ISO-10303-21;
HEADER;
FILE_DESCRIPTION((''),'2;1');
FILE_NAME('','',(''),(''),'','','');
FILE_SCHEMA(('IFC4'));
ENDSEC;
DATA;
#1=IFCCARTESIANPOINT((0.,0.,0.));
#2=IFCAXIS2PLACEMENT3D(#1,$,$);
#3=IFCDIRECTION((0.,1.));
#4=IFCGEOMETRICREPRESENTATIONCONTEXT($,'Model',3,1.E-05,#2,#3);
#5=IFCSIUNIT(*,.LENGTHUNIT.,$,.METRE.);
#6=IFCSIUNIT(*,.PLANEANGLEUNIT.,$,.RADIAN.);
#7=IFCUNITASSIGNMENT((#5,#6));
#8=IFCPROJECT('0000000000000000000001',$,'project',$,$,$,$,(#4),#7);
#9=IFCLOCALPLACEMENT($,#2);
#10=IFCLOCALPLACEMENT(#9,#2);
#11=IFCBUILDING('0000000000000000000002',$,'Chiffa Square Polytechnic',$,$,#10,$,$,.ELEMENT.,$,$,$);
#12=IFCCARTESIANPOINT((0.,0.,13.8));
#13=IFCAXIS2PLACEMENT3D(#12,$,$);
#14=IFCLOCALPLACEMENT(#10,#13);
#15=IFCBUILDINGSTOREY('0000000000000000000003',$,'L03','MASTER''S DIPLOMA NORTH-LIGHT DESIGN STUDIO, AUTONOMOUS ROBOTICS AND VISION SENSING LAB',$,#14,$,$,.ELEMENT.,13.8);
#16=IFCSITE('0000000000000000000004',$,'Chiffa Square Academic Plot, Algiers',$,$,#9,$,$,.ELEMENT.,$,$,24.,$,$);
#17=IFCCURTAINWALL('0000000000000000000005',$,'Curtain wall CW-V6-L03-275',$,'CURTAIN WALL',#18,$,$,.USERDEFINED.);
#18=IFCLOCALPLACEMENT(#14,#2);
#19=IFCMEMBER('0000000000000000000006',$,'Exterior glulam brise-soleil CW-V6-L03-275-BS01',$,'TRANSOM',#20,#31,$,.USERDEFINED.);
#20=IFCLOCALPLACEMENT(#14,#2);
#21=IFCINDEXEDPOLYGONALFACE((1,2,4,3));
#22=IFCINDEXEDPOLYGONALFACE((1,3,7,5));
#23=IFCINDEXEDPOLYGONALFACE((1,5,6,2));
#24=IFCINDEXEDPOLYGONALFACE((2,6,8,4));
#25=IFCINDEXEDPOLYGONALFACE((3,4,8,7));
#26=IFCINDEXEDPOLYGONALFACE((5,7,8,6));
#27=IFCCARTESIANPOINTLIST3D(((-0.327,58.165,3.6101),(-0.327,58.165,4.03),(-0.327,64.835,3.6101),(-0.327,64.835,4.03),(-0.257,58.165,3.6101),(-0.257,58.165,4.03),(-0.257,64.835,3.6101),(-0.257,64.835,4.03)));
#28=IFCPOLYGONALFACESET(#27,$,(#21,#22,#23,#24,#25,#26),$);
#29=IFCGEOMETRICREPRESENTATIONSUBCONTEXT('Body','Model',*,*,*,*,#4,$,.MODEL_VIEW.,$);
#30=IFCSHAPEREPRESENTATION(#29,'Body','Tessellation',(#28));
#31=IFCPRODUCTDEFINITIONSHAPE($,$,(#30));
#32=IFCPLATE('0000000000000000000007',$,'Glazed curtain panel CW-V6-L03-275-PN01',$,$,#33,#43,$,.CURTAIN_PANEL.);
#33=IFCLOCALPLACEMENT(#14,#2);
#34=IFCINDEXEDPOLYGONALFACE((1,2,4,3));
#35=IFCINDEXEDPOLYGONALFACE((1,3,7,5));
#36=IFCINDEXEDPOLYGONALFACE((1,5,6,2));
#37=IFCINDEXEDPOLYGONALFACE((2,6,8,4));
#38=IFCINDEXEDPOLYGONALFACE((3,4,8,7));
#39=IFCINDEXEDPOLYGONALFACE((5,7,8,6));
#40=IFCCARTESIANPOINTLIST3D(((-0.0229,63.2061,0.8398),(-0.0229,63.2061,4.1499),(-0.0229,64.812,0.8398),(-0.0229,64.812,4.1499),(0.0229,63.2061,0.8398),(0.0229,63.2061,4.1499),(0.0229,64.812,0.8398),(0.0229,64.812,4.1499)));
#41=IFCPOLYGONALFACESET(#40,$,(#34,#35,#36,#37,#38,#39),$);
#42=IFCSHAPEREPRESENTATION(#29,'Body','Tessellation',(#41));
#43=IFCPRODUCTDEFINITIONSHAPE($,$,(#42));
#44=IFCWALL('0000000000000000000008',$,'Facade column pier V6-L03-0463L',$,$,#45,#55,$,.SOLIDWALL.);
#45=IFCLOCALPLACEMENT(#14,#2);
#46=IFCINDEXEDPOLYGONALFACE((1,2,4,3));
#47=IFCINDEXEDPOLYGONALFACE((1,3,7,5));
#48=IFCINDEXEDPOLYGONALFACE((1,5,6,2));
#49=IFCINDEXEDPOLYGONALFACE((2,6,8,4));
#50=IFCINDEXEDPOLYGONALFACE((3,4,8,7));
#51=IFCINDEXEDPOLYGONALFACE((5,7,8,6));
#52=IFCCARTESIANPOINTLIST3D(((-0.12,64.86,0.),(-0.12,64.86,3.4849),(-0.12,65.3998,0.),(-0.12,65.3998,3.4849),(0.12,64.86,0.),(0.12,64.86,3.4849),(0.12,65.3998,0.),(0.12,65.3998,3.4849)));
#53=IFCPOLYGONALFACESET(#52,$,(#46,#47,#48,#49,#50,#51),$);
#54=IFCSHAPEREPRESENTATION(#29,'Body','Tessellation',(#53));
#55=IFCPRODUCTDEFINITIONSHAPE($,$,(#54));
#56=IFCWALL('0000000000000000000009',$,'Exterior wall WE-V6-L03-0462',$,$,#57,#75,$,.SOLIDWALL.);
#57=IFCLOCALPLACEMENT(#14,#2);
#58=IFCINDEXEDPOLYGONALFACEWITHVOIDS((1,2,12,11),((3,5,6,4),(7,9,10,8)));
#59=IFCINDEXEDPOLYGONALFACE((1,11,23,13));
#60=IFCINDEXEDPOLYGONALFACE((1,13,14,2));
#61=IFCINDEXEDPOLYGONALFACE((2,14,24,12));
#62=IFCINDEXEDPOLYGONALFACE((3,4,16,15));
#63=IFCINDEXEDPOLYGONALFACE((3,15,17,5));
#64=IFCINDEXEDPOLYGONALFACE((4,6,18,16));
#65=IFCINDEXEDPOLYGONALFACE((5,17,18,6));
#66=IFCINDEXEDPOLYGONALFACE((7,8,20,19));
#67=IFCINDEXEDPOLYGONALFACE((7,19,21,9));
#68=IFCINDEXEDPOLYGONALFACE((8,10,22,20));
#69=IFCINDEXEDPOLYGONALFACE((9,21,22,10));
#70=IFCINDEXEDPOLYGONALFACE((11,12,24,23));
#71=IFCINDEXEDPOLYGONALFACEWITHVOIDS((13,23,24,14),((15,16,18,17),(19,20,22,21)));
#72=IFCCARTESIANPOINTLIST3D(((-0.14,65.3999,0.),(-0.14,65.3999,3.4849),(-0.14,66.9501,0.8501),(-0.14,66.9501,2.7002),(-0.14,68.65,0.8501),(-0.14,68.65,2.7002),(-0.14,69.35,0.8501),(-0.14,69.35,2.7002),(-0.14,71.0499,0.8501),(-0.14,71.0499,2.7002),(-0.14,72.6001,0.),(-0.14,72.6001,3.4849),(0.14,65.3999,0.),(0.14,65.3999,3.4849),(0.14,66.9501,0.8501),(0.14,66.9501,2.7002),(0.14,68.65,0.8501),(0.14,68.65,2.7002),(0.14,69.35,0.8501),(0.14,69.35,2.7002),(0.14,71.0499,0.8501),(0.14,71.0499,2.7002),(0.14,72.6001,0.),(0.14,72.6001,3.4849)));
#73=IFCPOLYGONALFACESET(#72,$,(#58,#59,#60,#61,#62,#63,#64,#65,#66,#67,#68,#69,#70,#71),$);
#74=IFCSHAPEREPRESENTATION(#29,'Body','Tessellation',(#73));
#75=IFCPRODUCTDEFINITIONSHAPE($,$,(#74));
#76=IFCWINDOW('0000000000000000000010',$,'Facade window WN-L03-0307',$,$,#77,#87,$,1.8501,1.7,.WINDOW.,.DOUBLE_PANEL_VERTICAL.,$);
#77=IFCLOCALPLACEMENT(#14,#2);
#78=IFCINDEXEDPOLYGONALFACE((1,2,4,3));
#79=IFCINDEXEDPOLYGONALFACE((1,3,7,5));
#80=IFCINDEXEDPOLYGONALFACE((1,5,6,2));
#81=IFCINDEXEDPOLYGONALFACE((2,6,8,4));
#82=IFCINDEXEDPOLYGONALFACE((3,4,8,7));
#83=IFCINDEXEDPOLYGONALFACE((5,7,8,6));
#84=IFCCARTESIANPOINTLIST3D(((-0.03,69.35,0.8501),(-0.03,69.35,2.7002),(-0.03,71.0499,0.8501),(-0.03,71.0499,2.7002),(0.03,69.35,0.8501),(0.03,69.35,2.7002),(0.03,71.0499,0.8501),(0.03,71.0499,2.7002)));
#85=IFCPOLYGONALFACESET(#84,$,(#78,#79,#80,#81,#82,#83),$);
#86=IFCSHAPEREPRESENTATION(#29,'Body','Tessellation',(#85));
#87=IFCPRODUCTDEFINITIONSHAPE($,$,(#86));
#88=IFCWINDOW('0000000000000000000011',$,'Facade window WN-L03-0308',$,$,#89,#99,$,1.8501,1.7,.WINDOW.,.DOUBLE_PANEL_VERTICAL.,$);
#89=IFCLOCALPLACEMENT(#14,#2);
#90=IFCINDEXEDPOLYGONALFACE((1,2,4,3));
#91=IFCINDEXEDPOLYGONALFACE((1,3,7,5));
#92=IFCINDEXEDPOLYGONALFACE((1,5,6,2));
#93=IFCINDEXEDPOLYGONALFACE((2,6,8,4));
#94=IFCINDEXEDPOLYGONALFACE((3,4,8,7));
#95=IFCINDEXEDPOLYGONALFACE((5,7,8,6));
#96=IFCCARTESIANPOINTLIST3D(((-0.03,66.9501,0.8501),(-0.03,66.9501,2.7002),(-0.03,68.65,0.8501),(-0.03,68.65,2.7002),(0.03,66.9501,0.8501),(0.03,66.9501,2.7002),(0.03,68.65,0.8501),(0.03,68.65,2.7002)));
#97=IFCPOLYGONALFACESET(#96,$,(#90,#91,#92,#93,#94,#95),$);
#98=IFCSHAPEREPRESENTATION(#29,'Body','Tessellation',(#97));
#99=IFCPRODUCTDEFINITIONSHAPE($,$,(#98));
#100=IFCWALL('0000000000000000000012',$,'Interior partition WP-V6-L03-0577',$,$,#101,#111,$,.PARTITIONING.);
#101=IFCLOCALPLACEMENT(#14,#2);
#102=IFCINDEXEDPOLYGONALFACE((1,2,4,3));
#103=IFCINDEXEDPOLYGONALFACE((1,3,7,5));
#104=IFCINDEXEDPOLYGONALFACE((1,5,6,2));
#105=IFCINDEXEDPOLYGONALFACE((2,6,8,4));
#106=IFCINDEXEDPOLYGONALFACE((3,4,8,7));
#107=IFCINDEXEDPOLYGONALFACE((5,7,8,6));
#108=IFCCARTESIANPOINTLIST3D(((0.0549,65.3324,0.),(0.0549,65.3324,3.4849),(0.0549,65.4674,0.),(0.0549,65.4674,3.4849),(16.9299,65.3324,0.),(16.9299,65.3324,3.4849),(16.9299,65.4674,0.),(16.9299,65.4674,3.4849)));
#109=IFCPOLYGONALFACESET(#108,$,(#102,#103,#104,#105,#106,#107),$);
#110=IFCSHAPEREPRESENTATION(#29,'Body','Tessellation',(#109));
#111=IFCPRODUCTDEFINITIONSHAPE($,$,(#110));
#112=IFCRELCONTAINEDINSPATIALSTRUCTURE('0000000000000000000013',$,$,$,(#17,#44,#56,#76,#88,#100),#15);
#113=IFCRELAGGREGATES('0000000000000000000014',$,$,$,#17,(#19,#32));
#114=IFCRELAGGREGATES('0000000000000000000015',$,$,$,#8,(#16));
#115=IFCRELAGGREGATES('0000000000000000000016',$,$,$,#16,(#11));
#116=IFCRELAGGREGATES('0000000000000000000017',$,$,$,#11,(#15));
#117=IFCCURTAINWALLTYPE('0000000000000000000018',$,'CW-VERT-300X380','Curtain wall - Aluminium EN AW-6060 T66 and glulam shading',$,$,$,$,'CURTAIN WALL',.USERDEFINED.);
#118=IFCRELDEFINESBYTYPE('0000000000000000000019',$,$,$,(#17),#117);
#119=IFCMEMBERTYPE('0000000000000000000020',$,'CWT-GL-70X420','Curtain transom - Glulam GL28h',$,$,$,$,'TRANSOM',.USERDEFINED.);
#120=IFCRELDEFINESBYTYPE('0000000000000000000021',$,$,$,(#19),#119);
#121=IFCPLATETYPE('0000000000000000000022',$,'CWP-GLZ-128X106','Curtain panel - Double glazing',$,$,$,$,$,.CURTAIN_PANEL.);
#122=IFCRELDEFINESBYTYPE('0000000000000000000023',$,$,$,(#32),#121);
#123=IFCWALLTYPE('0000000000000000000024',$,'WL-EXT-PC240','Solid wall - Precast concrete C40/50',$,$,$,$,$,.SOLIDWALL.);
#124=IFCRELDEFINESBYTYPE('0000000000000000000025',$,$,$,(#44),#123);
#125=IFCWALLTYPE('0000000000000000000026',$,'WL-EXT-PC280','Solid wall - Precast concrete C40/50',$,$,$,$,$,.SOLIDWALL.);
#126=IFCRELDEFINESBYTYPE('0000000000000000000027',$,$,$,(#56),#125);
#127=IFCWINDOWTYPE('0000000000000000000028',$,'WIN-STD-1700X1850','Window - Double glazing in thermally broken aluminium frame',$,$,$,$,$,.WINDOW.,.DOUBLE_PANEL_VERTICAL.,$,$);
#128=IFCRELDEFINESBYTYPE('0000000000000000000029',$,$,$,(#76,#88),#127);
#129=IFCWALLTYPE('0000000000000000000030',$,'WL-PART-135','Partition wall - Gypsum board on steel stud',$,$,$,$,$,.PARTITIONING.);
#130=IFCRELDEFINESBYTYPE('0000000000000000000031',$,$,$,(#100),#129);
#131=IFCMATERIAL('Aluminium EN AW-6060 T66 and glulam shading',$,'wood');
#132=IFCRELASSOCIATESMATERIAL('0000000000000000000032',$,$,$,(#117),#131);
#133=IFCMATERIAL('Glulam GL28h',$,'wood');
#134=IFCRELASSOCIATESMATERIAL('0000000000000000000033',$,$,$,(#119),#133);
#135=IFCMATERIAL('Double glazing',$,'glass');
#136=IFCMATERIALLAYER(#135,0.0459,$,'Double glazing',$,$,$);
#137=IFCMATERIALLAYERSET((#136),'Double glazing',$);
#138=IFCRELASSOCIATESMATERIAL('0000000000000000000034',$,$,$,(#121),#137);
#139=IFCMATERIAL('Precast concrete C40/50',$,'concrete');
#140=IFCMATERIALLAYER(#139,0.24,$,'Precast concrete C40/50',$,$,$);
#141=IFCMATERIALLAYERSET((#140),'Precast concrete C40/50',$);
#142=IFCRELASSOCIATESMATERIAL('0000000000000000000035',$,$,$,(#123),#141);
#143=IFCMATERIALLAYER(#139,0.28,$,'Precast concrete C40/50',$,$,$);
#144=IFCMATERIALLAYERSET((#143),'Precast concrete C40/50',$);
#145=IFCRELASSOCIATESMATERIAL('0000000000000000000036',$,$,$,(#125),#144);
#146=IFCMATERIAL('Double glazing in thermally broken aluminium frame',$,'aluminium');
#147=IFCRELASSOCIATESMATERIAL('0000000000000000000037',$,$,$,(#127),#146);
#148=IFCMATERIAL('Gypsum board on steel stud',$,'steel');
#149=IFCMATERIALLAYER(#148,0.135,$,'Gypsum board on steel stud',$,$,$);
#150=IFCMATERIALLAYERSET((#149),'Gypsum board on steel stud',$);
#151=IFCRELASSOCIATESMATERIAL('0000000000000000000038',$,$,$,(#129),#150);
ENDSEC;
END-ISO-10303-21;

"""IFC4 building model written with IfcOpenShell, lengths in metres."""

from ifc_helpers import new_model, si_unit, direction, frame, frame_2d, origin, origin_2d, place, context, subcontext, project, spatial, rectangle, extrude, material, layer, layer_set, material_profile, profile_set, type_object, element, fill, aggregate, save


model = new_model("IFC4")

# Units and contexts
model_context = context("Model", 3, precision=1e-05, world=origin(), true_north=direction((0.0, 1.0)))
body_context = subcontext(model_context, "Body", "Model", "MODEL_VIEW")
ifc_project = project(units=[si_unit("LENGTHUNIT", "METRE"), si_unit("PLANEANGLEUNIT", "RADIAN")], contexts=[model_context])

# Site, building, storey
site_placement = place(None, origin())
site = spatial("IfcSite", under=ifc_project, at=site_placement, Name="Chiffa Square Academic Plot, Algiers", CompositionType="ELEMENT", RefElevation=24.0)
building_placement = place(site_placement, origin())
building = spatial("IfcBuilding", under=site, at=building_placement, Name="Chiffa Square Polytechnic", CompositionType="ELEMENT")
storey_placement = place(building_placement, frame((0.0, 0.0, 13.8)))
storey = spatial("IfcBuildingStorey", under=building, at=storey_placement, Name="L03", Description="MASTER'S DIPLOMA NORTH-LIGHT DESIGN STUDIO, AUTONOMOUS ROBOTICS AND VISION SENSING LAB", CompositionType="ELEMENT", Elevation=13.8)

# Curtain wall, member, plate
ifc_material_1 = material(Name="Aluminium EN AW-6060 T66 and glulam shading", Category="wood")
curtain_wall_type = type_object("IfcCurtainWallType", Name="CW-VERT-300X380", Description="Curtain wall - Aluminium EN AW-6060 T66 and glulam shading", ElementType="CURTAIN WALL", PredefinedType="USERDEFINED", material=ifc_material_1)
curtain_wall_placement = place(storey_placement, origin())
curtain_wall = element("IfcCurtainWall", 1, at=curtain_wall_placement, inside=storey, type_object=curtain_wall_type, Name="Curtain wall CW-V6-L03-275", ObjectType="CURTAIN WALL", PredefinedType="USERDEFINED")
ifc_material_2 = material(Name="Glulam GL28h", Category="wood")
ifc_material_profile_1 = material_profile(ifc_material_2, rectangle(XDim=0.0701, YDim=0.4199, at=origin_2d()), Name="GL28h 70x420")
ifc_profile_set_1 = profile_set([ifc_material_profile_1], Name="Glulam GL28h")
member_type_1 = type_object("IfcMemberType", Name="CWT-GL-70X420", Description="Curtain transom - Glulam GL28h", ElementType="TRANSOM", PredefinedType="USERDEFINED", material=ifc_profile_set_1)
member_1_placement = place(storey_placement, frame((-0.292, 64.835, 3.8201), z_axis=(0.0, -1.0, 0.0), x_axis=(1.0, 0.0, 0.0)))
member_1 = element("IfcMember", 2, at=member_1_placement, type_object=member_type_1, Name="Exterior glulam brise-soleil CW-V6-L03-275-BS01", ObjectType="TRANSOM", PredefinedType="USERDEFINED", context=body_context, shape_type="SweptSolid", body=[
    extrude(rectangle(XDim=0.0701, YDim=0.4199, at=origin_2d()), origin(), (0.0, 0.0, 1.0), 6.6699),
])
ifc_material_3 = material(Name="Double glazing", Category="glass")
ifc_layer_1 = layer(ifc_material_3, 0.0459, Name="Double glazing")
ifc_layer_set_1 = layer_set([ifc_layer_1], Name="Double glazing")
plate_type = type_object("IfcPlateType", Name="CWP-GLZ-128X106", Description="Curtain panel - Double glazing", PredefinedType="CURTAIN_PANEL", material=ifc_layer_set_1)
plate_placement = place(storey_placement, frame((0.0, 64.009, 0.8398), z_axis=(0.0, 0.0, 1.0), x_axis=(0.0, -1.0, 0.0)))
plate = element("IfcPlate", 3, at=plate_placement, type_object=plate_type, Name="Glazed curtain panel CW-V6-L03-275-PN01", PredefinedType="CURTAIN_PANEL", context=body_context, shape_type="SweptSolid", body=[
    extrude(rectangle(XDim=1.606, YDim=0.0459, at=origin_2d()), origin(), (0.0, 0.0, 1.0), 3.3101),
])
aggregate(curtain_wall, [member_1, plate])

# Wall
ifc_material_4 = material(Name="Precast concrete C40/50", Category="concrete")
ifc_layer_2 = layer(ifc_material_4, 0.24, Name="Precast concrete C40/50")
ifc_layer_set_2 = layer_set([ifc_layer_2], Name="Precast concrete C40/50")
wall_type_1 = type_object("IfcWallType", Name="WL-EXT-PC240", Description="Solid wall - Precast concrete C40/50", PredefinedType="SOLIDWALL", material=ifc_layer_set_2)
wall_1_placement = place(storey_placement, frame((0.0, 65.3999, 0.0), z_axis=(0.0, 0.0, 1.0), x_axis=(0.0, -1.0, 0.0)))
element("IfcWall", 4, at=wall_1_placement, inside=storey, type_object=wall_type_1, Name="Facade column pier V6-L03-0463L", PredefinedType="SOLIDWALL", context=body_context, shape_type="SweptSolid", body=[
    extrude(rectangle(XDim=0.5398, YDim=0.24, at=frame_2d((0.27, 0.0))), origin(), (0.0, 0.0, 1.0), 3.4849),
])

# Wall, openings, windows
ifc_layer_3 = layer(ifc_material_4, 0.28, Name="Precast concrete C40/50")
ifc_layer_set_3 = layer_set([ifc_layer_3], Name="Precast concrete C40/50")
wall_type_2 = type_object("IfcWallType", Name="WL-EXT-PC280", Description="Solid wall - Precast concrete C40/50", PredefinedType="SOLIDWALL", material=ifc_layer_set_3)
wall_2_placement = place(storey_placement, frame((0.0, 72.6001, 0.0), z_axis=(0.0, 0.0, 1.0), x_axis=(0.0, -1.0, 0.0)))
wall_2 = element("IfcWall", 5, at=wall_2_placement, inside=storey, type_object=wall_type_2, Name="Exterior wall WE-V6-L03-0462", PredefinedType="SOLIDWALL", context=body_context, shape_type="SweptSolid", body=[
    extrude(rectangle(XDim=7.2002, YDim=0.28, at=frame_2d((3.6001, 0.0))), origin(), (0.0, 0.0, 1.0), 3.4849),
])
opening_1_placement = place(wall_2_placement, frame((1.55, 0.0, 0.8501)))
opening_1 = element("IfcOpeningElement", 6, at=opening_1_placement, cuts=wall_2, PredefinedType="OPENING", context=body_context, shape_type="SweptSolid", body=[
    extrude(rectangle(XDim=1.7, YDim=1.8501, at=frame_2d((0.8501, 0.925))), frame((0.0, 0.1499, 0.0), z_axis=(0.0, -1.0, 0.0), x_axis=(1.0, 0.0, 0.0)), (0.0, 0.0, 1.0), 0.3),
])
opening_2_placement = place(wall_2_placement, frame((3.95, 0.0, 0.8501)))
opening_2 = element("IfcOpeningElement", 7, at=opening_2_placement, cuts=wall_2, PredefinedType="OPENING", context=body_context, shape_type="SweptSolid", body=[
    extrude(rectangle(XDim=1.7, YDim=1.8501, at=frame_2d((0.8501, 0.925))), frame((0.0, 0.1499, 0.0), z_axis=(0.0, -1.0, 0.0), x_axis=(1.0, 0.0, 0.0)), (0.0, 0.0, 1.0), 0.3),
])
ifc_material_5 = material(Name="Double glazing in thermally broken aluminium frame", Category="aluminium")
window_type = type_object("IfcWindowType", Name="WIN-STD-1700X1850", Description="Window - Double glazing in thermally broken aluminium frame", PartitioningType="DOUBLE_PANEL_VERTICAL", PredefinedType="WINDOW", material=ifc_material_5)
window_1_placement = place(opening_1_placement, origin())
window_1 = element("IfcWindow", 8, at=window_1_placement, inside=storey, type_object=window_type, Name="Facade window WN-L03-0307", OverallHeight=1.8501, OverallWidth=1.7, PartitioningType="DOUBLE_PANEL_VERTICAL", PredefinedType="WINDOW", context=body_context, shape_type="SweptSolid", body=[
    extrude(rectangle(XDim=1.7, YDim=1.8501, at=frame_2d((0.8501, 0.925))), frame((0.0, 0.03, 0.0), z_axis=(0.0, -1.0, 0.0), x_axis=(1.0, 0.0, 0.0)), (0.0, 0.0, 1.0), 0.0601),
])
fill(opening_1, window_1)
window_2_placement = place(opening_2_placement, origin())
window_2 = element("IfcWindow", 9, at=window_2_placement, inside=storey, type_object=window_type, Name="Facade window WN-L03-0308", OverallHeight=1.8501, OverallWidth=1.7, PartitioningType="DOUBLE_PANEL_VERTICAL", PredefinedType="WINDOW", context=body_context, shape_type="SweptSolid", body=[
    extrude(rectangle(XDim=1.7, YDim=1.8501, at=frame_2d((0.8501, 0.925))), frame((0.0, 0.03, 0.0), z_axis=(0.0, -1.0, 0.0), x_axis=(1.0, 0.0, 0.0)), (0.0, 0.0, 1.0), 0.0601),
])
fill(opening_2, window_2)

# Wall
ifc_material_6 = material(Name="Gypsum board on steel stud", Category="steel")
ifc_layer_4 = layer(ifc_material_6, 0.135, Name="Gypsum board on steel stud")
ifc_layer_set_4 = layer_set([ifc_layer_4], Name="Gypsum board on steel stud")
wall_type_3 = type_object("IfcWallType", Name="WL-PART-135", Description="Partition wall - Gypsum board on steel stud", PredefinedType="PARTITIONING", material=ifc_layer_set_4)
wall_3_placement = place(storey_placement, frame((0.0549, 65.3999, 0.0), z_axis=(0.0, 0.0, 1.0), x_axis=(1.0, 0.0, 0.0)))
element("IfcWall", 10, at=wall_3_placement, inside=storey, type_object=wall_type_3, Name="Interior partition WP-V6-L03-0577", PredefinedType="PARTITIONING", context=body_context, shape_type="SweptSolid", body=[
    extrude(rectangle(XDim=16.875, YDim=0.135, at=frame_2d((8.4375, 0.0))), origin(), (0.0, 0.0, 1.0), 3.4849),
])

save(model, "model.ifc")
